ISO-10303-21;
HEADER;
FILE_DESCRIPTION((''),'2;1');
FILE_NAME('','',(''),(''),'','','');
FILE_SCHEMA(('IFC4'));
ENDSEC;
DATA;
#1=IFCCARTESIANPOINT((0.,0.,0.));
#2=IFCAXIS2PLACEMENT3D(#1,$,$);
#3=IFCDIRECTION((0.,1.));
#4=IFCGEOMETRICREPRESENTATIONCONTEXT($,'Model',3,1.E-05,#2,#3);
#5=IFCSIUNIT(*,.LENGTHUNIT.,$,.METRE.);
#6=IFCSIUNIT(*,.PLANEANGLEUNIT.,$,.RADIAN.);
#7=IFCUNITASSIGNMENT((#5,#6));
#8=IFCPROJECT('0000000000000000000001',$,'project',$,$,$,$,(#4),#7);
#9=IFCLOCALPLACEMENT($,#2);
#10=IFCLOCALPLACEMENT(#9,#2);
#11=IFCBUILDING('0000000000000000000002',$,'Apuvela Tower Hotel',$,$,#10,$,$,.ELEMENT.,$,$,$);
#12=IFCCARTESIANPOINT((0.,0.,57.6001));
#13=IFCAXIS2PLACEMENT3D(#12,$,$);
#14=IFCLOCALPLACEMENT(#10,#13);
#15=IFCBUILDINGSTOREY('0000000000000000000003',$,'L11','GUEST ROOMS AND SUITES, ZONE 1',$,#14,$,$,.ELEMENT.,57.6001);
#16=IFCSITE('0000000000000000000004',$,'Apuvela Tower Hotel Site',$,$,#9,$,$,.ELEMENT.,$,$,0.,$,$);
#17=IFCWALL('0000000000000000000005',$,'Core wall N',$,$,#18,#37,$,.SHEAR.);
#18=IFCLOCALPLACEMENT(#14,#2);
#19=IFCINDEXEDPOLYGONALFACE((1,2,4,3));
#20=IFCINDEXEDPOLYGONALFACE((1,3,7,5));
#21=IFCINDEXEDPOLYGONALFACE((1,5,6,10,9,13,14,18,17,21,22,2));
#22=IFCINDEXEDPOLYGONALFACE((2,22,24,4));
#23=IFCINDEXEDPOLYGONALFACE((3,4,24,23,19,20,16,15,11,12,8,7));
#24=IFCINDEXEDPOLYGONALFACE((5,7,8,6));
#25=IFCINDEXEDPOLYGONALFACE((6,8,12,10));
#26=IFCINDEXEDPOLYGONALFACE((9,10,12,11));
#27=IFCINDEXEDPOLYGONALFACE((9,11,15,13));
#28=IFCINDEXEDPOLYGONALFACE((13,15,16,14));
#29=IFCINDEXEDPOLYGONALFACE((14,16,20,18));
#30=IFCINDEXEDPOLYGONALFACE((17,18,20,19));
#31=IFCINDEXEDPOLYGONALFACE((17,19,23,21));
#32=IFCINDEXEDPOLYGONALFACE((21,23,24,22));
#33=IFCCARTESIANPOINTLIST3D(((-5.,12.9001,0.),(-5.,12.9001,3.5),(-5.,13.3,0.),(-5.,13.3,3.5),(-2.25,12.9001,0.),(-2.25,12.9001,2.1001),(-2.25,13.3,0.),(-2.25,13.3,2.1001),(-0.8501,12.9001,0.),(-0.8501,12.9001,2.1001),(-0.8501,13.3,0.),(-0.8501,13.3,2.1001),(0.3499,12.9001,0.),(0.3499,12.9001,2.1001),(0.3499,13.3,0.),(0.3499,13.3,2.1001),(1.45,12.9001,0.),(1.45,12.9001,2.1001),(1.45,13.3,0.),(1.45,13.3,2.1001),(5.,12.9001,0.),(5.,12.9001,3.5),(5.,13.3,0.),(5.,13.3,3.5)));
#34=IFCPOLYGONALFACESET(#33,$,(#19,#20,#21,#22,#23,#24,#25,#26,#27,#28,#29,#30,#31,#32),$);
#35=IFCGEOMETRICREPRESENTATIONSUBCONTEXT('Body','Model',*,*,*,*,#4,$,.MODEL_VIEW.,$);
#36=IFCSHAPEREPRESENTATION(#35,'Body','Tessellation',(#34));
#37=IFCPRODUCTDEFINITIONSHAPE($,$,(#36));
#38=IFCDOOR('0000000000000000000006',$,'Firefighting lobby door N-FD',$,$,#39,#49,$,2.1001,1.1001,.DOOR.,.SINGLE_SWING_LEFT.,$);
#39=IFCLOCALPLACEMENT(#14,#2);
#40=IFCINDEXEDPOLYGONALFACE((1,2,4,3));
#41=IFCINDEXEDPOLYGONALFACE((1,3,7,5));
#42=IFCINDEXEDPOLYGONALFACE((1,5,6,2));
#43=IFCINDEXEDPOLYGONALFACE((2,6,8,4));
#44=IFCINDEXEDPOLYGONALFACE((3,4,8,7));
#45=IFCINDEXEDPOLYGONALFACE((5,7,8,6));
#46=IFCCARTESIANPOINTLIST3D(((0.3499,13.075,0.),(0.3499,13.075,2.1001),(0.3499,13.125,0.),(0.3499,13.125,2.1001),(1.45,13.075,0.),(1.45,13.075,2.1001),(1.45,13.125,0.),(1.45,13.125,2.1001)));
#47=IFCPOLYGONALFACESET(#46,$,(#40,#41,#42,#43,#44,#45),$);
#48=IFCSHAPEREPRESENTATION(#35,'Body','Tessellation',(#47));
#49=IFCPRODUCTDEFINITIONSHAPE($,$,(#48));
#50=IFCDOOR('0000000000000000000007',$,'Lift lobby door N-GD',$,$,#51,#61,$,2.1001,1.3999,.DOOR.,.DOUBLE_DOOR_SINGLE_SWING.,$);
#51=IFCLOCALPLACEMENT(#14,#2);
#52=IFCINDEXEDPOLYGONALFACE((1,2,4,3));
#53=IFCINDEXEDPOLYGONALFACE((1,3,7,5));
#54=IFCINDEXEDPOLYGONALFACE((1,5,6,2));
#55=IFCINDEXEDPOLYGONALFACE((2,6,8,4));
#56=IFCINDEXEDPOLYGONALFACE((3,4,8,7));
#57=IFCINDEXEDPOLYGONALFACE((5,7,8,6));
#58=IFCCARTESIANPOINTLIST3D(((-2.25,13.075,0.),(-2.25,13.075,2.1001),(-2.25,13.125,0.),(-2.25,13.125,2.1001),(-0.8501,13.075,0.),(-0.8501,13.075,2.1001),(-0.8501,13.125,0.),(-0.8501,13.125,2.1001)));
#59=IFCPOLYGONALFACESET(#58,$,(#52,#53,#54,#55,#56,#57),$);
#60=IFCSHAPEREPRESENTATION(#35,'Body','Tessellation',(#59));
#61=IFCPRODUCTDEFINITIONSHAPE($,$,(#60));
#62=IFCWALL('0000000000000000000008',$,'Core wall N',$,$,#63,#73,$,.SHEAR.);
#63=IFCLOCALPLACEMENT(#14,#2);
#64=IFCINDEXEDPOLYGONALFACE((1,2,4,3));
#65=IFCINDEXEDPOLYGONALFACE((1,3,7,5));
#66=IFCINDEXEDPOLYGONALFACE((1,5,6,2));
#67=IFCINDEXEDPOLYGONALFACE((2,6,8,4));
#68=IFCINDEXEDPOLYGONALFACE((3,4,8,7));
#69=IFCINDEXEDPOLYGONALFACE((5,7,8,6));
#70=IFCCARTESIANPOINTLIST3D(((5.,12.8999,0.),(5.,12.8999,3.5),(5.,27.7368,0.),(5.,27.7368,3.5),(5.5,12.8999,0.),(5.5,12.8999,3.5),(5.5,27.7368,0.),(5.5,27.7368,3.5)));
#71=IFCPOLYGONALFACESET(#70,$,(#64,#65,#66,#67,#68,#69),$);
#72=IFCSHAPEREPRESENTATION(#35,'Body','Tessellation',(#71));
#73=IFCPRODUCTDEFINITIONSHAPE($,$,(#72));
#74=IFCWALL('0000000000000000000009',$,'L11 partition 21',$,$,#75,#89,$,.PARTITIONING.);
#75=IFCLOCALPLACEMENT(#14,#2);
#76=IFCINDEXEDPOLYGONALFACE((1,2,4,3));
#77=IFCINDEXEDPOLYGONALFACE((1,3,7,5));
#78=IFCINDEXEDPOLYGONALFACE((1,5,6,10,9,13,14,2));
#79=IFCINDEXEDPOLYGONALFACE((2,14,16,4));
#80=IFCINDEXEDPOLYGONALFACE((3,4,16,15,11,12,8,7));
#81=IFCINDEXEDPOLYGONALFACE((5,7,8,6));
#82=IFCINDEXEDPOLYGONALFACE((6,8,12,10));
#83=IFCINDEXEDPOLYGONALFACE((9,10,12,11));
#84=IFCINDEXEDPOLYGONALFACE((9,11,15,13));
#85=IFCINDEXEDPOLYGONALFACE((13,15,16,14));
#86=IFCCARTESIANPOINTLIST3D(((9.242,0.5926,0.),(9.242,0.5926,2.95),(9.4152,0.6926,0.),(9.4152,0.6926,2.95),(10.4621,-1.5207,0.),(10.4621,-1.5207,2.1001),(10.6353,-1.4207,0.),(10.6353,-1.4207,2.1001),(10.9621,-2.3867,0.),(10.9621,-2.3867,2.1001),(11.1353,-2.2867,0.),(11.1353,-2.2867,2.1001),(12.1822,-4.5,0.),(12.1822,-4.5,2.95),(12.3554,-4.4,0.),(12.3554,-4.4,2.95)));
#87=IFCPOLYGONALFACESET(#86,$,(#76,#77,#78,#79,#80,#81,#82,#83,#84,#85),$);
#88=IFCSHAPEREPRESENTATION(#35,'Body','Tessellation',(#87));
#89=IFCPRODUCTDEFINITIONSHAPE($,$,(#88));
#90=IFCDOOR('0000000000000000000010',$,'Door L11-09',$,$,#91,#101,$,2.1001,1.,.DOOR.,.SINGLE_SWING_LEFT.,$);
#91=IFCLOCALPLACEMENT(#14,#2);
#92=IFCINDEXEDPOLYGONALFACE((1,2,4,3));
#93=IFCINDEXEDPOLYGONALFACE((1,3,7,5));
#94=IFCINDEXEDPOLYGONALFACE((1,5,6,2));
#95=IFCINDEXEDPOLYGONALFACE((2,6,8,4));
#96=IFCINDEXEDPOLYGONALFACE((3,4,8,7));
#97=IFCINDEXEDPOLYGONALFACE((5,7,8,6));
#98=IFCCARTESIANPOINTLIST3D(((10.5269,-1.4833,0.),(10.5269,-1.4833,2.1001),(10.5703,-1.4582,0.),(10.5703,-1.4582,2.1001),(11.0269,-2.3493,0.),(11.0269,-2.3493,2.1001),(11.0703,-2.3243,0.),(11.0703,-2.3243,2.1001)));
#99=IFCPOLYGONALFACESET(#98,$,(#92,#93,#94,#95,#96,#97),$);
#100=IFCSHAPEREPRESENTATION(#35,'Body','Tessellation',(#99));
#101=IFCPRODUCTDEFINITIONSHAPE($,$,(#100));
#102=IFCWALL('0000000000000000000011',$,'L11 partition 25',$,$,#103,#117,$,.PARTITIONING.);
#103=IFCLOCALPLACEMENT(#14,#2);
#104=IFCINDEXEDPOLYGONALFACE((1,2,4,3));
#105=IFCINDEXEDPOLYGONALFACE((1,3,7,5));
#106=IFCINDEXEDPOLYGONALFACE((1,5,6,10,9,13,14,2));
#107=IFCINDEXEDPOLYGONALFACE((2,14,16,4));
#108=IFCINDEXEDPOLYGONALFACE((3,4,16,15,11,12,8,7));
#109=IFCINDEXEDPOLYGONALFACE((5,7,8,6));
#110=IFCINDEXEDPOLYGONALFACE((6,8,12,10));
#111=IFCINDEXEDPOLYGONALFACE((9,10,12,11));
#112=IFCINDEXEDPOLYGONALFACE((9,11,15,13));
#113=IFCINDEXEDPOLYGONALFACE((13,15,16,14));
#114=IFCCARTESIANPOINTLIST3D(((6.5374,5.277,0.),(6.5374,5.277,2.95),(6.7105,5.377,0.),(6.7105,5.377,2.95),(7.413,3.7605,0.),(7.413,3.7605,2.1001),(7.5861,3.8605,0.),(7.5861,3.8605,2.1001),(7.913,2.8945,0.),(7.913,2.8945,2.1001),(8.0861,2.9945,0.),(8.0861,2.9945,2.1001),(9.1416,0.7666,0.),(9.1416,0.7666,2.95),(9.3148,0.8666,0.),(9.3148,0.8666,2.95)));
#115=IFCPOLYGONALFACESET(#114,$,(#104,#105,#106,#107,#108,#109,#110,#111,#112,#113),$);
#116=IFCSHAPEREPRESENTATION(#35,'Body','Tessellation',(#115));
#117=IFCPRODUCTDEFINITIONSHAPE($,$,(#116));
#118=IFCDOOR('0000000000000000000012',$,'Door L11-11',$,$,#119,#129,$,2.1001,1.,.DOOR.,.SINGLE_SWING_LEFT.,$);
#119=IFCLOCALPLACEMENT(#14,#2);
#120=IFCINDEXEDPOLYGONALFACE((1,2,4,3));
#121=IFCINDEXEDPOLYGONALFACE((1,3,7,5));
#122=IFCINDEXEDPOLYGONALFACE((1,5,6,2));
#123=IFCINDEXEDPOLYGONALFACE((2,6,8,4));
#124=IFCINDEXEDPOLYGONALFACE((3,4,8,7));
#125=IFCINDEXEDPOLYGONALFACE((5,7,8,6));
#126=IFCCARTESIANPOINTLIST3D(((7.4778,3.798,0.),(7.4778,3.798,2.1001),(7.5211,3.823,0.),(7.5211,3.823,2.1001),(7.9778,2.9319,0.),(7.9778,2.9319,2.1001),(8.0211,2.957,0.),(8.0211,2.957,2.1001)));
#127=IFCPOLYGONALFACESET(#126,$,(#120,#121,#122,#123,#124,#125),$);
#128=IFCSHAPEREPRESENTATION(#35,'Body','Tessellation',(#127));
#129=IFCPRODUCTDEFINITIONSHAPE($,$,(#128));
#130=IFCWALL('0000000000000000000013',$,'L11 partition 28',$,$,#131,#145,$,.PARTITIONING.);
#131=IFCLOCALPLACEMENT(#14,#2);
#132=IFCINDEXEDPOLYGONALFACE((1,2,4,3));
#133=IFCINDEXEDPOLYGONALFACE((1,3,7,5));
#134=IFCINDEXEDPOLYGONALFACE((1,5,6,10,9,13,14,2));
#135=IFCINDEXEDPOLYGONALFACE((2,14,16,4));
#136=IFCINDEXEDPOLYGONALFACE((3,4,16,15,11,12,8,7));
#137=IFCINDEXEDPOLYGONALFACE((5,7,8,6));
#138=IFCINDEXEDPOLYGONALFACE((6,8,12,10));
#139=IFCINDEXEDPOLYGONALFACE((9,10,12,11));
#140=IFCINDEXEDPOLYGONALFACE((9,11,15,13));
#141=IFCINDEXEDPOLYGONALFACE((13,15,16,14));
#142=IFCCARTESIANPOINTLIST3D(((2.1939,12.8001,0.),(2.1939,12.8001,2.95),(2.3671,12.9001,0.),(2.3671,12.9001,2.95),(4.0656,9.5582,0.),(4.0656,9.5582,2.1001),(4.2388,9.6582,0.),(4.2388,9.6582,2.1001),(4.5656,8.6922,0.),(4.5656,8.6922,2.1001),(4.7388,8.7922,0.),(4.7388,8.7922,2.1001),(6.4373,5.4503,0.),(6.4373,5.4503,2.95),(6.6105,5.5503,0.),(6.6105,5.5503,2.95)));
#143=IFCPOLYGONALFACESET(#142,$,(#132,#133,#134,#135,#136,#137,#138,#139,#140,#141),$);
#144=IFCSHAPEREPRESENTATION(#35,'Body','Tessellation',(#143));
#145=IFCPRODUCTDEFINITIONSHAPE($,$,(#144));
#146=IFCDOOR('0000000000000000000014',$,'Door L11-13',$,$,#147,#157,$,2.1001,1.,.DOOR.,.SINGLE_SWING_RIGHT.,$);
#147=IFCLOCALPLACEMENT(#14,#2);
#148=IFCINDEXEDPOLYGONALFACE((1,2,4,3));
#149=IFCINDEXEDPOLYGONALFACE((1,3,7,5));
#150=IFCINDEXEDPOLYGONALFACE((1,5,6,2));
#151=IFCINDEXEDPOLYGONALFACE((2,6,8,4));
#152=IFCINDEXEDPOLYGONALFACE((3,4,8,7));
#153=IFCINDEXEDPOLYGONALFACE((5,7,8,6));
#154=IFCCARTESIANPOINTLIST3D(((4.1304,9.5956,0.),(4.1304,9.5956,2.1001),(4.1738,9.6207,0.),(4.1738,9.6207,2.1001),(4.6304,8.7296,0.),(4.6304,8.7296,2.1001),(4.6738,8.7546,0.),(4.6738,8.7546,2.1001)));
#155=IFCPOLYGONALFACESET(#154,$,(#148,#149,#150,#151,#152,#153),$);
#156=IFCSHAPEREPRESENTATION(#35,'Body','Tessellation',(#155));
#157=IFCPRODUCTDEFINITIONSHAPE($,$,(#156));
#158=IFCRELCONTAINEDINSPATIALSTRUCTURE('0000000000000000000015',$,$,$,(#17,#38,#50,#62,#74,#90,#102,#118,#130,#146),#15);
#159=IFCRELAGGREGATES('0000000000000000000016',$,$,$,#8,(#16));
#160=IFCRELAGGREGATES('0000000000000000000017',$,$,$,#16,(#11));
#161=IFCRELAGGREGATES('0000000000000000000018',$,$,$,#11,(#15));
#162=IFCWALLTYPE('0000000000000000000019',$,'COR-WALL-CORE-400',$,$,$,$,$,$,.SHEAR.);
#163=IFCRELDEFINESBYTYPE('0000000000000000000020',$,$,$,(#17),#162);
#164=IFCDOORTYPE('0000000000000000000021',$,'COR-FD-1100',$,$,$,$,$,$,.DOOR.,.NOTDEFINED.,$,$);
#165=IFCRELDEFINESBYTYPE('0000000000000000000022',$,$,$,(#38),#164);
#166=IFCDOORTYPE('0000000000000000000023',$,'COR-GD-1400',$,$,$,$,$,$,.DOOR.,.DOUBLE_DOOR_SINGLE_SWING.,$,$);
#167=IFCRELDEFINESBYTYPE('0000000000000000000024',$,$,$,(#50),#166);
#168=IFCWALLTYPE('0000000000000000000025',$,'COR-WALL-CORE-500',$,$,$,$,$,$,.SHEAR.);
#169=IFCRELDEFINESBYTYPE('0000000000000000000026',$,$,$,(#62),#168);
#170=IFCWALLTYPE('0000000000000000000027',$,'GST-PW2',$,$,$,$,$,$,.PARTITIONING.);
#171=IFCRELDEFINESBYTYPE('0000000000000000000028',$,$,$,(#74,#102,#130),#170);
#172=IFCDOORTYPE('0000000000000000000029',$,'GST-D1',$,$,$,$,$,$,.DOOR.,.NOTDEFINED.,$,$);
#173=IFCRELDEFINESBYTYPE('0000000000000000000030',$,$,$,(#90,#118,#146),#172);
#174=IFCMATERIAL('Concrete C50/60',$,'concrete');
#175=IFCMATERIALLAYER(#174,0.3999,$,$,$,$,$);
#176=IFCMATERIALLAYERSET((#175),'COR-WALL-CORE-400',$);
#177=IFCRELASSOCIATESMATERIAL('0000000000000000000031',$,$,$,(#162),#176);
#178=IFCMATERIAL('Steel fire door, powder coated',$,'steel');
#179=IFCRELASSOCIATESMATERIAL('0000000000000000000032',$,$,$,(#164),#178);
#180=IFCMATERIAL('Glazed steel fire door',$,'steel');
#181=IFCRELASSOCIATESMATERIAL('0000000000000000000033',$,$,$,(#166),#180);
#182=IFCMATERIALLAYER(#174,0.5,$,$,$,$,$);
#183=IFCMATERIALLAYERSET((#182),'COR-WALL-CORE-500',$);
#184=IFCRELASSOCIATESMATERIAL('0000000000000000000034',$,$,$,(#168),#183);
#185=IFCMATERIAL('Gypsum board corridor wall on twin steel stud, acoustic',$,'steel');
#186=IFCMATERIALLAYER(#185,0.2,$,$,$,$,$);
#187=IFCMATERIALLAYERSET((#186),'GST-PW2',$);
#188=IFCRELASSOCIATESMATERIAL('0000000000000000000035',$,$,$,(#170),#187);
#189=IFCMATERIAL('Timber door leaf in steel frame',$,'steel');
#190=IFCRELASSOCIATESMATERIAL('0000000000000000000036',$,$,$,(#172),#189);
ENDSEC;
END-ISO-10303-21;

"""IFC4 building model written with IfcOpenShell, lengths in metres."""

from ifc_helpers import new_model, si_unit, direction, frame, frame_2d, origin, place, context, subcontext, project, spatial, rectangle, extrude, material, layer, layer_set, type_object, element, fill, save


model = new_model("IFC4")

# Units and contexts
model_context = context("Model", 3, precision=1e-05, world=origin(), true_north=direction((0.0, 1.0)))
body_context = subcontext(model_context, "Body", "Model", "MODEL_VIEW")
ifc_project = project(units=[si_unit("LENGTHUNIT", "METRE"), si_unit("PLANEANGLEUNIT", "RADIAN")], contexts=[model_context])

# Site, building, storey
site_placement = place(None, origin())
site = spatial("IfcSite", under=ifc_project, at=site_placement, Name="Apuvela Tower Hotel Site", CompositionType="ELEMENT", RefElevation=0.0)
building_placement = place(site_placement, origin())
building = spatial("IfcBuilding", under=site, at=building_placement, Name="Apuvela Tower Hotel", CompositionType="ELEMENT")
storey_placement = place(building_placement, frame((0.0, 0.0, 57.6001)))
storey = spatial("IfcBuildingStorey", under=building, at=storey_placement, Name="L11", Description="GUEST ROOMS AND SUITES, ZONE 1", CompositionType="ELEMENT", Elevation=57.6001)

# Shared definitions
ifc_material_1 = material(Name="Concrete C50/60", Category="concrete")

# Wall, openings, doors
ifc_layer_1 = layer(ifc_material_1, 0.3999)
ifc_layer_set_1 = layer_set([ifc_layer_1], Name="COR-WALL-CORE-400")
wall_type_1 = type_object("IfcWallType", Name="COR-WALL-CORE-400", PredefinedType="SHEAR", material=ifc_layer_set_1)
wall_1_placement = place(storey_placement, frame((5.0, 13.1001, 0.0), z_axis=(0.0, 0.0, 1.0), x_axis=(-1.0, 0.0, 0.0)))
wall_1 = element("IfcWall", 1, at=wall_1_placement, inside=storey, type_object=wall_type_1, Name="Core wall N", PredefinedType="SHEAR", context=body_context, shape_type="SweptSolid", body=[
    extrude(rectangle(XDim=10.0, YDim=0.3999, at=frame_2d((5.0, 0.0))), origin(), (0.0, 0.0, 1.0), 3.5),
])
opening_1_placement = place(wall_1_placement, frame((3.55, 0.0, 0.0)))
opening_1 = element("IfcOpeningElement", 2, at=opening_1_placement, cuts=wall_1, PredefinedType="OPENING", context=body_context, shape_type="SweptSolid", body=[
    extrude(rectangle(XDim=1.1001, YDim=2.1001, at=frame_2d((0.55, 1.05))), frame((0.0, 0.21, 0.0), z_axis=(0.0, -1.0, 0.0), x_axis=(1.0, 0.0, 0.0)), (0.0, 0.0, 1.0), 0.4199),
])
opening_2_placement = place(wall_1_placement, frame((5.8501, 0.0, 0.0)))
opening_2 = element("IfcOpeningElement", 3, at=opening_2_placement, cuts=wall_1, PredefinedType="OPENING", context=body_context, shape_type="SweptSolid", body=[
    extrude(rectangle(XDim=1.3999, YDim=2.1001, at=frame_2d((0.7, 1.05))), frame((0.0, 0.21, 0.0), z_axis=(0.0, -1.0, 0.0), x_axis=(1.0, 0.0, 0.0)), (0.0, 0.0, 1.0), 0.4199),
])
ifc_material_2 = material(Name="Steel fire door, powder coated", Category="steel")
door_type_1 = type_object("IfcDoorType", Name="COR-FD-1100", OperationType="NOTDEFINED", PredefinedType="DOOR", material=ifc_material_2)
door_1_placement = place(opening_1_placement, frame((1.1001, 0.0, 0.0), z_axis=(0.0, 0.0, 1.0), x_axis=(-1.0, 0.0, 0.0)))
door_1 = element("IfcDoor", 4, at=door_1_placement, inside=storey, type_object=door_type_1, Name="Firefighting lobby door N-FD", OperationType="SINGLE_SWING_LEFT", OverallHeight=2.1001, OverallWidth=1.1001, PredefinedType="DOOR", context=body_context, shape_type="SweptSolid", body=[
    extrude(rectangle(XDim=1.1001, YDim=2.1001, at=frame_2d((0.55, 1.05))), frame((0.0, 0.0249, 0.0), z_axis=(0.0, -1.0, 0.0), x_axis=(1.0, 0.0, 0.0)), (0.0, 0.0, 1.0), 0.05),
])
fill(opening_1, door_1)
ifc_material_3 = material(Name="Glazed steel fire door", Category="steel")
door_type_2 = type_object("IfcDoorType", Name="COR-GD-1400", OperationType="DOUBLE_DOOR_SINGLE_SWING", PredefinedType="DOOR", material=ifc_material_3)
door_2_placement = place(opening_2_placement, frame((1.3999, 0.0, 0.0), z_axis=(0.0, 0.0, 1.0), x_axis=(-1.0, 0.0, 0.0)))
door_2 = element("IfcDoor", 5, at=door_2_placement, inside=storey, type_object=door_type_2, Name="Lift lobby door N-GD", OperationType="DOUBLE_DOOR_SINGLE_SWING", OverallHeight=2.1001, OverallWidth=1.3999, PredefinedType="DOOR", context=body_context, shape_type="SweptSolid", body=[
    extrude(rectangle(XDim=1.3999, YDim=2.1001, at=frame_2d((0.7, 1.05))), frame((0.0, 0.0249, 0.0), z_axis=(0.0, -1.0, 0.0), x_axis=(1.0, 0.0, 0.0)), (0.0, 0.0, 1.0), 0.05),
])
fill(opening_2, door_2)

# Wall
ifc_layer_2 = layer(ifc_material_1, 0.5)
ifc_layer_set_2 = layer_set([ifc_layer_2], Name="COR-WALL-CORE-500")
wall_type_2 = type_object("IfcWallType", Name="COR-WALL-CORE-500", PredefinedType="SHEAR", material=ifc_layer_set_2)
wall_2_placement = place(storey_placement, frame((5.25, 12.8999, 0.0), z_axis=(0.0, 0.0, 1.0), x_axis=(0.0, 1.0, 0.0)))
element("IfcWall", 6, at=wall_2_placement, inside=storey, type_object=wall_type_2, Name="Core wall N", PredefinedType="SHEAR", context=body_context, shape_type="SweptSolid", body=[
    extrude(rectangle(XDim=14.8369, YDim=0.5, at=frame_2d((7.4185, 0.0))), origin(), (0.0, 0.0, 1.0), 3.5),
])

# Walls, openings, doors
ifc_material_4 = material(Name="Gypsum board corridor wall on twin steel stud, acoustic", Category="steel")
ifc_layer_3 = layer(ifc_material_4, 0.2)
ifc_layer_set_3 = layer_set([ifc_layer_3], Name="GST-PW2")
wall_type_3 = type_object("IfcWallType", Name="GST-PW2", PredefinedType="PARTITIONING", material=ifc_layer_set_3)
wall_3_placement = place(storey_placement, frame((9.3286, 0.6426, 0.0), z_axis=(0.0, 0.0, 1.0), x_axis=(0.500002, -0.866024, 0.0)))
wall_3 = element("IfcWall", 7, at=wall_3_placement, inside=storey, type_object=wall_type_3, Name="L11 partition 21", PredefinedType="PARTITIONING", context=body_context, shape_type="SweptSolid", body=[
    extrude(rectangle(XDim=5.8804, YDim=0.2, at=frame_2d((2.9402, 0.0))), origin(), (0.0, 0.0, 1.0), 2.95),
])
opening_3_placement = place(wall_3_placement, frame((2.4402, 0.0, 0.0)))
opening_3 = element("IfcOpeningElement", 8, at=opening_3_placement, cuts=wall_3, PredefinedType="OPENING", context=body_context, shape_type="SweptSolid", body=[
    extrude(rectangle(XDim=1.0, YDim=2.1001, at=frame_2d((0.5, 1.05))), frame((0.0, 0.1099, 0.0), z_axis=(0.0, -1.0, 0.0), x_axis=(1.0, 0.0, 0.0)), (0.0, 0.0, 1.0), 0.22),
])
ifc_material_5 = material(Name="Timber door leaf in steel frame", Category="steel")
door_type_3 = type_object("IfcDoorType", Name="GST-D1", OperationType="NOTDEFINED", PredefinedType="DOOR", material=ifc_material_5)
door_3_placement = place(opening_3_placement, origin())
door_3 = element("IfcDoor", 9, at=door_3_placement, inside=storey, type_object=door_type_3, Name="Door L11-09", OperationType="SINGLE_SWING_LEFT", OverallHeight=2.1001, OverallWidth=1.0, PredefinedType="DOOR", context=body_context, shape_type="SweptSolid", body=[
    extrude(rectangle(XDim=1.0, YDim=2.1001, at=frame_2d((0.5, 1.05))), frame((0.0, 0.0249, 0.0), z_axis=(0.0, -1.0, 0.0), x_axis=(1.0, 0.0, 0.0)), (0.0, 0.0, 1.0), 0.05),
])
fill(opening_3, door_3)
wall_4_placement = place(storey_placement, frame((6.624, 5.3269, 0.0), z_axis=(0.0, 0.0, 1.0), x_axis=(0.500016, -0.866016, 0.0)))
wall_4 = element("IfcWall", 10, at=wall_4_placement, inside=storey, type_object=wall_type_3, Name="L11 partition 25", PredefinedType="PARTITIONING", context=body_context, shape_type="SweptSolid", body=[
    extrude(rectangle(XDim=5.2083, YDim=0.2, at=frame_2d((2.604, 0.0))), origin(), (0.0, 0.0, 1.0), 2.95),
])
opening_4_placement = place(wall_4_placement, frame((1.751, 0.0, 0.0)))
opening_4 = element("IfcOpeningElement", 11, at=opening_4_placement, cuts=wall_4, PredefinedType="OPENING", context=body_context, shape_type="SweptSolid", body=[
    extrude(rectangle(XDim=1.0, YDim=2.1001, at=frame_2d((0.5, 1.05))), frame((0.0, 0.1099, 0.0), z_axis=(0.0, -1.0, 0.0), x_axis=(1.0, 0.0, 0.0)), (0.0, 0.0, 1.0), 0.22),
])
door_4_placement = place(opening_4_placement, origin())
door_4 = element("IfcDoor", 12, at=door_4_placement, inside=storey, type_object=door_type_3, Name="Door L11-11", OperationType="SINGLE_SWING_LEFT", OverallHeight=2.1001, OverallWidth=1.0, PredefinedType="DOOR", context=body_context, shape_type="SweptSolid", body=[
    extrude(rectangle(XDim=1.0, YDim=2.1001, at=frame_2d((0.5, 1.05))), frame((0.0, 0.0249, 0.0), z_axis=(0.0, -1.0, 0.0), x_axis=(1.0, 0.0, 0.0)), (0.0, 0.0, 1.0), 0.05),
])
fill(opening_4, door_4)
wall_5_placement = place(storey_placement, frame((2.2805, 12.8501, 0.0), z_axis=(0.0, 0.0, 1.0), x_axis=(0.499997, -0.866027, 0.0)))
wall_5 = element("IfcWall", 13, at=wall_5_placement, inside=storey, type_object=wall_type_3, Name="L11 partition 28", PredefinedType="PARTITIONING", context=body_context, shape_type="SweptSolid", body=[
    extrude(rectangle(XDim=8.4868, YDim=0.2, at=frame_2d((4.2434, 0.0))), origin(), (0.0, 0.0, 1.0), 2.95),
])
opening_5_placement = place(wall_5_placement, frame((3.7434, 0.0, 0.0)))
opening_5 = element("IfcOpeningElement", 14, at=opening_5_placement, cuts=wall_5, PredefinedType="OPENING", context=body_context, shape_type="SweptSolid", body=[
    extrude(rectangle(XDim=1.0, YDim=2.1001, at=frame_2d((0.5, 1.05))), frame((0.0, 0.1099, 0.0), z_axis=(0.0, -1.0, 0.0), x_axis=(1.0, 0.0, 0.0)), (0.0, 0.0, 1.0), 0.22),
])
door_5_placement = place(opening_5_placement, origin())
door_5 = element("IfcDoor", 15, at=door_5_placement, inside=storey, type_object=door_type_3, Name="Door L11-13", OperationType="SINGLE_SWING_RIGHT", OverallHeight=2.1001, OverallWidth=1.0, PredefinedType="DOOR", context=body_context, shape_type="SweptSolid", body=[
    extrude(rectangle(XDim=1.0, YDim=2.1001, at=frame_2d((0.5, 1.05))), frame((0.0, 0.0249, 0.0), z_axis=(0.0, -1.0, 0.0), x_axis=(1.0, 0.0, 0.0)), (0.0, 0.0, 1.0), 0.05),
])
fill(opening_5, door_5)

save(model, "model.ifc")
